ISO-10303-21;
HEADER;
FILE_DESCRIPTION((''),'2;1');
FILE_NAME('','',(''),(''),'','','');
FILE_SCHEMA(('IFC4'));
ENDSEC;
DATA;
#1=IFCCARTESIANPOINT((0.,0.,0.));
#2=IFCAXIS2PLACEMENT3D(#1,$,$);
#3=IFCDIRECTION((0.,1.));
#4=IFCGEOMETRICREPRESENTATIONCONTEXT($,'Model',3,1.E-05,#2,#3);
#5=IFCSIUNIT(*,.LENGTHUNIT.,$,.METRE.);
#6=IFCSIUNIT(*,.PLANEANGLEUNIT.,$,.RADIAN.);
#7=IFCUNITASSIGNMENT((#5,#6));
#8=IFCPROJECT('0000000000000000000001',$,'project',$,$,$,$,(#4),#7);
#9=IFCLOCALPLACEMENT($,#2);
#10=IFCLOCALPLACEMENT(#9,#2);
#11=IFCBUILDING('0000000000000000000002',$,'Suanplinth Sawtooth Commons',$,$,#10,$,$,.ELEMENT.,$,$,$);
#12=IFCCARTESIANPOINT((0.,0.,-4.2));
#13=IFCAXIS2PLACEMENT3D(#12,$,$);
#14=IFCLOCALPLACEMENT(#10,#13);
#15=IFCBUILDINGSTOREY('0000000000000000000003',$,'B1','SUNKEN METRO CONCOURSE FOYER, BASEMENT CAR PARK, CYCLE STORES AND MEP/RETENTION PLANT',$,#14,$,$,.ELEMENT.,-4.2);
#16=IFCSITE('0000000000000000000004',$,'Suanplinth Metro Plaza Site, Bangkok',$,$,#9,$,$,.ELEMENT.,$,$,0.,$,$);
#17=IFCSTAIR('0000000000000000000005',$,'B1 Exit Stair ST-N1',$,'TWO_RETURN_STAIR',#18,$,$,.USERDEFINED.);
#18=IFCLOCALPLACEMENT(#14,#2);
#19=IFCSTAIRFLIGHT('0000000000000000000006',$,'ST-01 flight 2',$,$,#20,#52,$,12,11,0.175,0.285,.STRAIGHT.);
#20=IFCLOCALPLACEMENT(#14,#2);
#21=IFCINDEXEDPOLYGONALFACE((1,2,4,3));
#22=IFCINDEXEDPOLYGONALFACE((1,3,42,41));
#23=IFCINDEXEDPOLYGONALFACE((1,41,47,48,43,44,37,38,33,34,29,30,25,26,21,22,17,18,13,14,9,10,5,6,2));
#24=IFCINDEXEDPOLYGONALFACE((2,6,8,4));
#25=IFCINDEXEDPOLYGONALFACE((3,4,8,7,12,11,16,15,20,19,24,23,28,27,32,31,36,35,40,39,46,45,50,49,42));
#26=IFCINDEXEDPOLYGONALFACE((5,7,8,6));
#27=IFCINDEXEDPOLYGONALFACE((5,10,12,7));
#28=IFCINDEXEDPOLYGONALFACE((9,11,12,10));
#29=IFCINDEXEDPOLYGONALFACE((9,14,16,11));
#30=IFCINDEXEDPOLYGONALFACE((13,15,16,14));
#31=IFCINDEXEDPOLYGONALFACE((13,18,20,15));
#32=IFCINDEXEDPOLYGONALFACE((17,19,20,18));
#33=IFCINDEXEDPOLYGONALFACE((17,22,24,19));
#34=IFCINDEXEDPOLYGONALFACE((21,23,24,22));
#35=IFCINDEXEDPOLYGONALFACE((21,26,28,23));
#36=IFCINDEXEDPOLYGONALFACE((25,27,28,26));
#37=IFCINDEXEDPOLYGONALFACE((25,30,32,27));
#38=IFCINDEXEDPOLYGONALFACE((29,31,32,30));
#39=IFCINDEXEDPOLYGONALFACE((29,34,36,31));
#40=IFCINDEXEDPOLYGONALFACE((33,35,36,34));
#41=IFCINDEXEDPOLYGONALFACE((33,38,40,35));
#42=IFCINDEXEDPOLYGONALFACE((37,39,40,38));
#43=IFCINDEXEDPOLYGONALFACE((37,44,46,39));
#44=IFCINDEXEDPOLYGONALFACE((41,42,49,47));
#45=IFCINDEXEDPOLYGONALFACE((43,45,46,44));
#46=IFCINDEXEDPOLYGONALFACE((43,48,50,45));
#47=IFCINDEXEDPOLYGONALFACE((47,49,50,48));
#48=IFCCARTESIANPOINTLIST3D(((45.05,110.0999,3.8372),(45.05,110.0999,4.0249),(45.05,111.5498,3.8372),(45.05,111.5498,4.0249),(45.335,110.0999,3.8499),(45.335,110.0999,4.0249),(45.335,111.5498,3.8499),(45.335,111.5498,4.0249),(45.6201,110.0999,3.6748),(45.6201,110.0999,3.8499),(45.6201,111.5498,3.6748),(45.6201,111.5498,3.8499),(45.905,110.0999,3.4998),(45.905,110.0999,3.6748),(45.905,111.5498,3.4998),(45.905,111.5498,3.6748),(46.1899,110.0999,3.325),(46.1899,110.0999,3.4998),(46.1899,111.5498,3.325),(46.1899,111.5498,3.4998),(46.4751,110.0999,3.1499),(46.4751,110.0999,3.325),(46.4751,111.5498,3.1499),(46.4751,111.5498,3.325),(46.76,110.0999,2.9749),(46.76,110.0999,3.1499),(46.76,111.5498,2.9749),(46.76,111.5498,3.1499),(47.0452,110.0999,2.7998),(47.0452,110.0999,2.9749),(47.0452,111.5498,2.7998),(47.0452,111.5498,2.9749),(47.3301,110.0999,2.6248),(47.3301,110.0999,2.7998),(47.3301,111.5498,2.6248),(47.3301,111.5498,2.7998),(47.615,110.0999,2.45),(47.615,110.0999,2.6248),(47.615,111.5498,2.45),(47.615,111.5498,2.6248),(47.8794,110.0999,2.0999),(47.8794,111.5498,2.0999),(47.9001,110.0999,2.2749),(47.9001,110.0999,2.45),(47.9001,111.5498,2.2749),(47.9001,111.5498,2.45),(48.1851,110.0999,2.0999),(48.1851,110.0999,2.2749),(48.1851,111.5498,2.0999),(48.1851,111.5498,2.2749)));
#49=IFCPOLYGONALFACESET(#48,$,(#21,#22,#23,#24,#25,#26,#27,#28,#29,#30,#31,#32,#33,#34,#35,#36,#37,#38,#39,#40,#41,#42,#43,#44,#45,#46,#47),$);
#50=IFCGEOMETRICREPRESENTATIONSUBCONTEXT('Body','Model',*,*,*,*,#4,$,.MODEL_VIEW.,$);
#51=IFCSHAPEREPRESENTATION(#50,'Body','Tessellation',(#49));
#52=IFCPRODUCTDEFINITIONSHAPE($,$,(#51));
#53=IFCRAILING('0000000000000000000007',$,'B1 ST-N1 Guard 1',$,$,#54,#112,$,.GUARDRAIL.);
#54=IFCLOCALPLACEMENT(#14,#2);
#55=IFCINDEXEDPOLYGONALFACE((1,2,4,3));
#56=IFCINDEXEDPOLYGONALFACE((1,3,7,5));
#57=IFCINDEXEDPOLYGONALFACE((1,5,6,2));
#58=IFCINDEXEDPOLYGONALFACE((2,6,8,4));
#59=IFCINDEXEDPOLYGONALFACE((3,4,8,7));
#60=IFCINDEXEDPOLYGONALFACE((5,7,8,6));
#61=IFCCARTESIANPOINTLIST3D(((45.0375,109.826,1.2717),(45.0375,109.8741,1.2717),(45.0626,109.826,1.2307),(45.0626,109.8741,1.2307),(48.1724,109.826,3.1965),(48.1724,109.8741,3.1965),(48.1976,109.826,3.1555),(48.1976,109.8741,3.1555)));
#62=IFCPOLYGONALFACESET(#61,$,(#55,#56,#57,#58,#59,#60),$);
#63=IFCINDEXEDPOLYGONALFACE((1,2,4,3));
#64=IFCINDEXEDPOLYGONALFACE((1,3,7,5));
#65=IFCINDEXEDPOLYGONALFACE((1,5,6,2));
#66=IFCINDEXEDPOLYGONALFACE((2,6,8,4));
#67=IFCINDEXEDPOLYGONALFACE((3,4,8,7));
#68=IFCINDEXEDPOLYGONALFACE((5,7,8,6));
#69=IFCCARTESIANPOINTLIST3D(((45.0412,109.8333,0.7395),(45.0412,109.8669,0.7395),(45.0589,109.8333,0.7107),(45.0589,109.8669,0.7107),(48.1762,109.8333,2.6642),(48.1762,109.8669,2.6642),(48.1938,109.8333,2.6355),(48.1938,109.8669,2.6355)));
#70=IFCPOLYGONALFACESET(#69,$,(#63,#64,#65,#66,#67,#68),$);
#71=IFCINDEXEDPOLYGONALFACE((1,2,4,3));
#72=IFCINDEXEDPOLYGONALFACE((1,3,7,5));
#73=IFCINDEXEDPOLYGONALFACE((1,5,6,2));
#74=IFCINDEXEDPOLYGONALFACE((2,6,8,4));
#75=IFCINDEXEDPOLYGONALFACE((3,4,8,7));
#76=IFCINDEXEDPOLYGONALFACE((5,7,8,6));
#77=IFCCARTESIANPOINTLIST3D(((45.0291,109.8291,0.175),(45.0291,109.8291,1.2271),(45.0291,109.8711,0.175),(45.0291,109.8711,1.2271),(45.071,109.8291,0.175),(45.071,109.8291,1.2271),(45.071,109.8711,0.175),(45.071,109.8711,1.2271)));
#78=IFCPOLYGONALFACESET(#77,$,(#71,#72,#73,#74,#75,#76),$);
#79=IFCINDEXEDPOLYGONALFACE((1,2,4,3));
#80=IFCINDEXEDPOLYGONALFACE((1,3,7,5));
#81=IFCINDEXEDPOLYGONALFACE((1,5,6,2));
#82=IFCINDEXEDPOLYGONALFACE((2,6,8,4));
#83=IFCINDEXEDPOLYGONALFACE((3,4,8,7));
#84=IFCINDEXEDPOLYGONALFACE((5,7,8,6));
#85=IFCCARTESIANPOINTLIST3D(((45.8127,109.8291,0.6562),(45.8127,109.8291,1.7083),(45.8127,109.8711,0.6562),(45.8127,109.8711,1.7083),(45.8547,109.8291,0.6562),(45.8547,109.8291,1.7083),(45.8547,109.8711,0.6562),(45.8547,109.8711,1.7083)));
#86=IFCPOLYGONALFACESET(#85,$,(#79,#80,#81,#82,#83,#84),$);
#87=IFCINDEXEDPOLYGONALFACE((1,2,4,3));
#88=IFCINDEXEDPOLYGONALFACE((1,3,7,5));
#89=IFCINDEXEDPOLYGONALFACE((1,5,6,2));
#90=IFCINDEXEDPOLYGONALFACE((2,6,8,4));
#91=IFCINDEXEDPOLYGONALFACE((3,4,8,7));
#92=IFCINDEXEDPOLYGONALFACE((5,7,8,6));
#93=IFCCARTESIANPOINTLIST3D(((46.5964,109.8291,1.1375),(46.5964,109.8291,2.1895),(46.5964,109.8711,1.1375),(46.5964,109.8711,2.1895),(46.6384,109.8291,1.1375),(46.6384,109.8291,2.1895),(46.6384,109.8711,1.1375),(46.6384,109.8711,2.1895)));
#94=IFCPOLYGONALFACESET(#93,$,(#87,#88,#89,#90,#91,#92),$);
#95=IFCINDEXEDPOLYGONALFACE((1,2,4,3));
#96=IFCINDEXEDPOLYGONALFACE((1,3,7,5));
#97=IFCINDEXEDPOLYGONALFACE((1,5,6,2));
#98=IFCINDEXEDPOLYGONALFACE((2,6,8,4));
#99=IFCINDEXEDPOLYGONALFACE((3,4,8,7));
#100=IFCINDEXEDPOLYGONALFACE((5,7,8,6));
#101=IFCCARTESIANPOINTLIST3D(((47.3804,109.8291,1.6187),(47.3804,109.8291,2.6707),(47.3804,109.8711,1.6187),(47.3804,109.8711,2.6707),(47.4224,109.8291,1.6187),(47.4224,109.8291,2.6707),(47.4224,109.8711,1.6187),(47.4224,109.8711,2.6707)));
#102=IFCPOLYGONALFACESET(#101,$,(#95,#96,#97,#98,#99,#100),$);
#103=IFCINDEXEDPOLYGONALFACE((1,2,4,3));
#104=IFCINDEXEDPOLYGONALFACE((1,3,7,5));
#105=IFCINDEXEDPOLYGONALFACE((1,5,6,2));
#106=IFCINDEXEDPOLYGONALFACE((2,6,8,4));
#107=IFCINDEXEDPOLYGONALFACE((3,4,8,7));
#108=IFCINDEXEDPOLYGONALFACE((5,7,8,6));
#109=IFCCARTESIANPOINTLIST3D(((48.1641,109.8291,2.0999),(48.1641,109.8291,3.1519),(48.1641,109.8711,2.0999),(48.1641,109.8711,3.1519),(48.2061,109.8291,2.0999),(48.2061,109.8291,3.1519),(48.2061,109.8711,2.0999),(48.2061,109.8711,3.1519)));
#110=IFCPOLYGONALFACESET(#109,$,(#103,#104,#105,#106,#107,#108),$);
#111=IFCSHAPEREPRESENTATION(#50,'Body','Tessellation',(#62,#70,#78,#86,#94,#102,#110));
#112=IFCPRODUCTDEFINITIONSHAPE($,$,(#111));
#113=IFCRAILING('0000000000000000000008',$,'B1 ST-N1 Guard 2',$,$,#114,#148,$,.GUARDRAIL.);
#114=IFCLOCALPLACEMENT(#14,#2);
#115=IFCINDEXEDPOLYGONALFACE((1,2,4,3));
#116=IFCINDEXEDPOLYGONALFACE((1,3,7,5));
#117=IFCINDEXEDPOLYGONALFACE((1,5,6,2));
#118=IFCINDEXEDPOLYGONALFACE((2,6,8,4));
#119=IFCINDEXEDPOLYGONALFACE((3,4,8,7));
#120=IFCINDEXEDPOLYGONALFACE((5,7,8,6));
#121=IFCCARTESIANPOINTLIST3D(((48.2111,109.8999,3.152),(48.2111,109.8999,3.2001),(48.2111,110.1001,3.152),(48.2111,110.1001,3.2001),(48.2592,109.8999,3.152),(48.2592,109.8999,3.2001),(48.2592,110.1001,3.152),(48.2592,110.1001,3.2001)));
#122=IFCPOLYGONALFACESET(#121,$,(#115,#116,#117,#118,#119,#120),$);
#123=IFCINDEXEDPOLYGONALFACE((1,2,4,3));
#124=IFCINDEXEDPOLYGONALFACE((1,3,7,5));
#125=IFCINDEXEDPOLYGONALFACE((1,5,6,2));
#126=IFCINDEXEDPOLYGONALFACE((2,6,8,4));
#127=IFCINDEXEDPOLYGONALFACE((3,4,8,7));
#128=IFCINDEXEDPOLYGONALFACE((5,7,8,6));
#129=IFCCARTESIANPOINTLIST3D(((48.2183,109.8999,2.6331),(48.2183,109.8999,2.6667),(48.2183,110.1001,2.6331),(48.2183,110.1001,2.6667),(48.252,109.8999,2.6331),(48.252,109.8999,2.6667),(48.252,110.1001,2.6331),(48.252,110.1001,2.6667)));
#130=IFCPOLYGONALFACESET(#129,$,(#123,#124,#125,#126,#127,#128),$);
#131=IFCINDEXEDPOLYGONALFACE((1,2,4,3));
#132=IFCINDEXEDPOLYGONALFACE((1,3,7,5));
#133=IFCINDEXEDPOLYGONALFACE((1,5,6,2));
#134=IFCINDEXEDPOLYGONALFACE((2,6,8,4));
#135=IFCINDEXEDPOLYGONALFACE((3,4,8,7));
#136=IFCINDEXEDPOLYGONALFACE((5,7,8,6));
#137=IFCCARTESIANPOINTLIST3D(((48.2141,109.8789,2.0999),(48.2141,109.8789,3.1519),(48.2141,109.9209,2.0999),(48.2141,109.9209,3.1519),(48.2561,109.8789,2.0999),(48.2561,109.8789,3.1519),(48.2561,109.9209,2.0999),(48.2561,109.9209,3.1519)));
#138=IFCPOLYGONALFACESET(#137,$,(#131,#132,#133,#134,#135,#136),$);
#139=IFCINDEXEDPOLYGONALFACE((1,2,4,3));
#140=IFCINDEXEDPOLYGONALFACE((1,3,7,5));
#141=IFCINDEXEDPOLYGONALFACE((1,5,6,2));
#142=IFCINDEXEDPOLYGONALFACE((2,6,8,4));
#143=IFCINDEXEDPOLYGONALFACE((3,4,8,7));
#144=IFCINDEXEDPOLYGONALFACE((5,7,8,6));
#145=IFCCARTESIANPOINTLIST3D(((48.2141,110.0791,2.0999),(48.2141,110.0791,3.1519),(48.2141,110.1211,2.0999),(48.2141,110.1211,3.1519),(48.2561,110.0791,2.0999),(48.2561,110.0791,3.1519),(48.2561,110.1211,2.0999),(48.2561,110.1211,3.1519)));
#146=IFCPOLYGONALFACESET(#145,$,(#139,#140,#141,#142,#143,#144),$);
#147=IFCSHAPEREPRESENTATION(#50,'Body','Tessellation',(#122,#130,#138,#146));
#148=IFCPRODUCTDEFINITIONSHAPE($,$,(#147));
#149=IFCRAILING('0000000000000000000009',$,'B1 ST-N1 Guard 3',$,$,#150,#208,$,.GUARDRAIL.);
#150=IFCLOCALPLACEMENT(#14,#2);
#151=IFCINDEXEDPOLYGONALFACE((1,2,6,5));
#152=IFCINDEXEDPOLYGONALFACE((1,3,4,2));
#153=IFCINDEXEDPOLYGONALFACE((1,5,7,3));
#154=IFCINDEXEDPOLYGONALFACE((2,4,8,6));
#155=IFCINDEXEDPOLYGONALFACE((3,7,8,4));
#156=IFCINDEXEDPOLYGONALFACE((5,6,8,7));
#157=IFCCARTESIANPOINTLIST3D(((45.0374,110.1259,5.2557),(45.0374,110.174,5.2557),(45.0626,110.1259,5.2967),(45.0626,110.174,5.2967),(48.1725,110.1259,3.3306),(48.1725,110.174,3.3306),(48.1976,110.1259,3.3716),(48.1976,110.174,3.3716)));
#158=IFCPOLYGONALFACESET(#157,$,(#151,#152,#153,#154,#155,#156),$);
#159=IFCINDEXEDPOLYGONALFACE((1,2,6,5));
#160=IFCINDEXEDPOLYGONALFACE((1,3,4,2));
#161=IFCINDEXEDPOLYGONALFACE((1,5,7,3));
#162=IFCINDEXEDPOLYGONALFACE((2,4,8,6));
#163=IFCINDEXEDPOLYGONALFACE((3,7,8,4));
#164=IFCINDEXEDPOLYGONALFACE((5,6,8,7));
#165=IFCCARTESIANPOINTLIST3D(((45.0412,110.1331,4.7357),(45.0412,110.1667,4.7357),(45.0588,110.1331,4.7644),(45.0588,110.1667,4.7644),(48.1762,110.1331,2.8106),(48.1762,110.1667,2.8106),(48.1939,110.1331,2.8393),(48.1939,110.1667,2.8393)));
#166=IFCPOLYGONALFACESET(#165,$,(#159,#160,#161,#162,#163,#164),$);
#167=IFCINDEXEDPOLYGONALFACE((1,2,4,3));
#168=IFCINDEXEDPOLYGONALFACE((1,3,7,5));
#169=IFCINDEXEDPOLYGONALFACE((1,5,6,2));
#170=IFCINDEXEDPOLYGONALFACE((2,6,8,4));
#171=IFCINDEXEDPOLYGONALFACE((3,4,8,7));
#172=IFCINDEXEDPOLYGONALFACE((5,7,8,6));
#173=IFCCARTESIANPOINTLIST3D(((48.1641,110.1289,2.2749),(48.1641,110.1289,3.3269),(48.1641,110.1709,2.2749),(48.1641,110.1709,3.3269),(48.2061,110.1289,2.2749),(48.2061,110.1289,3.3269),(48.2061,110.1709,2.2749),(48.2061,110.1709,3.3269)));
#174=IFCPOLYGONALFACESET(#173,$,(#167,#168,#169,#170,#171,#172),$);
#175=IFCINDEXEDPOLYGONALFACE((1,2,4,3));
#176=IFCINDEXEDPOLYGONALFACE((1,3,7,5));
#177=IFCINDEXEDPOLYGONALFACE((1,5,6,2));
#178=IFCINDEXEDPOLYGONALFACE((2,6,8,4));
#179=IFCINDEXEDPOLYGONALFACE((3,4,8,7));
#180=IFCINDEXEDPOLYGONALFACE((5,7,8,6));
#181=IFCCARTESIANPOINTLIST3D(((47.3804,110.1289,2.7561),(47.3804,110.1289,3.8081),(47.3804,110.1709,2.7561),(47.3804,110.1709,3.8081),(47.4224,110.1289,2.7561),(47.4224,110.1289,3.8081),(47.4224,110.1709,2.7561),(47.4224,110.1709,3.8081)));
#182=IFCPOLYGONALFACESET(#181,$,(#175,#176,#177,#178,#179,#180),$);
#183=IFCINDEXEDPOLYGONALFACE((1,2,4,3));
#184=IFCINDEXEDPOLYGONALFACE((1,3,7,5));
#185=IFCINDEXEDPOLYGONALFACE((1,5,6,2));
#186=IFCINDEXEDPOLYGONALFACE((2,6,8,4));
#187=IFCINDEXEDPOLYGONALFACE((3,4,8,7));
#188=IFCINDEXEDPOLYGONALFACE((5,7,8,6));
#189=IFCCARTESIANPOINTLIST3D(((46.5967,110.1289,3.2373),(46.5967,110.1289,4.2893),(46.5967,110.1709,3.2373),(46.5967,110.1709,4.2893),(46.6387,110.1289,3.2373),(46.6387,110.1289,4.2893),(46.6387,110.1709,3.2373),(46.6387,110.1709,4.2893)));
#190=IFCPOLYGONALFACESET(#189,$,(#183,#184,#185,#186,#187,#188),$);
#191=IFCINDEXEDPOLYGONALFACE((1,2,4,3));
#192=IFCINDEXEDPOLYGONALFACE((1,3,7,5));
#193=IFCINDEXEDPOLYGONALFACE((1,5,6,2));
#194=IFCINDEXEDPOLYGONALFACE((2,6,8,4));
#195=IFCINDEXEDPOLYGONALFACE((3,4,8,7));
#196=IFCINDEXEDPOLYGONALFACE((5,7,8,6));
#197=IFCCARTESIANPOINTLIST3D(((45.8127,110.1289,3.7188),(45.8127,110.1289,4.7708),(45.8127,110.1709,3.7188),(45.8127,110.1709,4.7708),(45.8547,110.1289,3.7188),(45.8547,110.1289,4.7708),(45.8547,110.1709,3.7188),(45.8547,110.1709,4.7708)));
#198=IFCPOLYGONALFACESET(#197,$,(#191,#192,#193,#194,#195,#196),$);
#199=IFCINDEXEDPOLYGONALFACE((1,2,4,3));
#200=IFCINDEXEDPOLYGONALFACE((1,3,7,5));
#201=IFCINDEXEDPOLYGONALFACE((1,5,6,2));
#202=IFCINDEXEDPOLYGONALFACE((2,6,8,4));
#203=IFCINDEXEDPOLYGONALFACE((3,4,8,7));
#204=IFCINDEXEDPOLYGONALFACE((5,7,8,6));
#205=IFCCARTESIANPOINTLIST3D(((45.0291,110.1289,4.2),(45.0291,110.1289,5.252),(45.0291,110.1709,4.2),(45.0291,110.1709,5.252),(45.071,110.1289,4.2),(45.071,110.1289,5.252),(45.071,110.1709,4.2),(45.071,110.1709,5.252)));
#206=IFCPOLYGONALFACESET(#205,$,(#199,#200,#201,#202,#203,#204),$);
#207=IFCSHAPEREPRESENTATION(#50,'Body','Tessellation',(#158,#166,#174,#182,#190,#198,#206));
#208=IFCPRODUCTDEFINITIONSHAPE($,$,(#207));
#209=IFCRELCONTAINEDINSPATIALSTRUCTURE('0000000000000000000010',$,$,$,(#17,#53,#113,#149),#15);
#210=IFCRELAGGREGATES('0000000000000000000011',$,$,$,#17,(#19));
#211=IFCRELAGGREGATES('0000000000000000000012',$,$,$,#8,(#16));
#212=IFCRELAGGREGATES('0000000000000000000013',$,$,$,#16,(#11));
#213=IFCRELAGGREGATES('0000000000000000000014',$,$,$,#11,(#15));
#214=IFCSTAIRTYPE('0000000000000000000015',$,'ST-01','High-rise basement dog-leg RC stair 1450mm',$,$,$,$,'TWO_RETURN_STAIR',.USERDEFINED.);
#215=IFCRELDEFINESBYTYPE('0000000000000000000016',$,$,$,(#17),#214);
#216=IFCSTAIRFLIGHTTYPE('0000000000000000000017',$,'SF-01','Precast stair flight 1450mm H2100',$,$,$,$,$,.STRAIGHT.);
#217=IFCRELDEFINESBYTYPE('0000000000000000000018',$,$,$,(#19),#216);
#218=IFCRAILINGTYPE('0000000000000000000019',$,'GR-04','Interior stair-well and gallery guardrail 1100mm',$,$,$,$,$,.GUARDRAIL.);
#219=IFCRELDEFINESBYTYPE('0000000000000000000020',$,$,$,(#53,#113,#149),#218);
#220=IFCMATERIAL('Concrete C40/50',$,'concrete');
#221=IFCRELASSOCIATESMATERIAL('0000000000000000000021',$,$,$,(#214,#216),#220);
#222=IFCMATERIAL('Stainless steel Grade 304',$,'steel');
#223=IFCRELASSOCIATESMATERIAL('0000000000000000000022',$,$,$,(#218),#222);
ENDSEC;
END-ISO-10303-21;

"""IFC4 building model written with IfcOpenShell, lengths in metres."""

from ifc_helpers import new_model, si_unit, direction, frame, origin, origin_2d, place, context, subcontext, project, spatial, polyline, rectangle, outline, extrude, material, type_object, element, aggregate, save


model = new_model("IFC4")

# Units and contexts
model_context = context("Model", 3, precision=1e-05, world=origin(), true_north=direction((0.0, 1.0)))
body_context = subcontext(model_context, "Body", "Model", "MODEL_VIEW")
ifc_project = project(units=[si_unit("LENGTHUNIT", "METRE"), si_unit("PLANEANGLEUNIT", "RADIAN")], contexts=[model_context])

# Site, building, storey
site_placement = place(None, origin())
site = spatial("IfcSite", under=ifc_project, at=site_placement, Name="Suanplinth Metro Plaza Site, Bangkok", CompositionType="ELEMENT", RefElevation=0.0)
building_placement = place(site_placement, origin())
building = spatial("IfcBuilding", under=site, at=building_placement, Name="Suanplinth Sawtooth Commons", CompositionType="ELEMENT")
storey_placement = place(building_placement, frame((0.0, 0.0, -4.2)))
storey = spatial("IfcBuildingStorey", under=building, at=storey_placement, Name="B1", Description="SUNKEN METRO CONCOURSE FOYER, BASEMENT CAR PARK, CYCLE STORES AND MEP/RETENTION PLANT", CompositionType="ELEMENT", Elevation=-4.2)

# Shared definitions
ifc_material_1 = material(Name="Concrete C40/50", Category="concrete")

# Shared definitions
ifc_material_2 = material(Name="Stainless steel Grade 304", Category="steel")

# Stair, stair flight
stair_type = type_object("IfcStairType", Name="ST-01", Description="High-rise basement dog-leg RC stair 1450mm", ElementType="TWO_RETURN_STAIR", PredefinedType="USERDEFINED", material=ifc_material_1)
stair_placement = place(storey_placement, origin())
stair = element("IfcStair", 1, at=stair_placement, inside=storey, type_object=stair_type, Name="B1 Exit Stair ST-N1", ObjectType="TWO_RETURN_STAIR", PredefinedType="USERDEFINED")
stair_flight_type = type_object("IfcStairFlightType", Name="SF-01", Description="Precast stair flight 1450mm H2100", PredefinedType="STRAIGHT", material=ifc_material_1)
stair_flight_1_placement = place(storey_placement, frame((48.1851, 110.825, 2.0999), z_axis=(0.0, 0.0, 1.0), x_axis=(-1.0, 0.0, 0.0)))
stair_flight_1 = element("IfcStairFlight", 2, at=stair_flight_1_placement, type_object=stair_flight_type, Name="ST-01 flight 2", NumberOfRisers=12, NumberOfTreads=11, PredefinedType="STRAIGHT", RiserHeight=0.175, TreadLength=0.285, context=body_context, shape_type="SweptSolid", body=[
    extrude(outline(polyline([(0.0, 0.0), (0.0, 0.175), (0.2849, 0.175), (0.2849, 0.3501), (0.5701, 0.3501), (0.5701, 0.5249), (0.855, 0.5249), (0.855, 0.7), (1.1399, 0.7), (1.1399, 0.875), (1.425, 0.875), (1.425, 1.05), (1.71, 1.05), (1.71, 1.2251), (1.9951, 1.2251), (1.9951, 1.3999), (2.28, 1.3999), (2.28, 1.575), (2.5649, 1.575), (2.5649, 1.75), (2.8501, 1.75), (2.8501, 1.925), (3.135, 1.925), (3.135, 2.1001), (3.135, 1.7373), (0.3057, 0.0), (0.0, 0.0)])), frame((0.0, 0.7251, 0.0), z_axis=(0.0, -1.0, 0.0), x_axis=(1.0, 0.0, 0.0)), (0.0, 0.0, 1.0), 1.45),
])
aggregate(stair, [stair_flight_1])

# Railings
railing_type_1 = type_object("IfcRailingType", Name="GR-04", Description="Interior stair-well and gallery guardrail 1100mm", PredefinedType="GUARDRAIL", material=ifc_material_2)
railing_1_placement = place(storey_placement, frame((45.05, 109.8501, 0.175)))
element("IfcRailing", 3, at=railing_1_placement, inside=storey, type_object=railing_type_1, Name="B1 ST-N1 Guard 1", PredefinedType="GUARDRAIL", context=body_context, shape_type="SweptSolid", body=[
    extrude(rectangle(XDim=0.0481, YDim=0.0481, at=origin_2d()), frame((0.0, 0.0, 1.0762), z_axis=(0.852196, 0.0, 0.523223), x_axis=(0.0, 1.0, 0.0)), (0.0, 0.0, 1.0), 3.6787),
    extrude(rectangle(XDim=0.0337, YDim=0.0337, at=origin_2d()), frame((0.0, 0.0, 0.55), z_axis=(0.852196, 0.0, 0.523223), x_axis=(0.0, 1.0, 0.0)), (0.0, 0.0, 1.0), 3.6787),
    extrude(rectangle(XDim=0.042, YDim=0.042, at=origin_2d()), origin(), (0.0, 0.0, 1.0), 1.052),
    extrude(rectangle(XDim=0.042, YDim=0.042, at=origin_2d()), frame((0.7837, 0.0, 0.4812)), (0.0, 0.0, 1.0), 1.052),
    extrude(rectangle(XDim=0.042, YDim=0.042, at=origin_2d()), frame((1.5674, 0.0, 0.9624)), (0.0, 0.0, 1.0), 1.052),
    extrude(rectangle(XDim=0.042, YDim=0.042, at=origin_2d()), frame((2.3513, 0.0, 1.4436)), (0.0, 0.0, 1.0), 1.052),
    extrude(rectangle(XDim=0.042, YDim=0.042, at=origin_2d()), frame((3.135, 0.0, 1.9248)), (0.0, 0.0, 1.0), 1.052),
])
railing_2_placement = place(storey_placement, frame((48.2351, 109.8999, 2.0999)))
element("IfcRailing", 4, at=railing_2_placement, inside=storey, type_object=railing_type_1, Name="B1 ST-N1 Guard 2", PredefinedType="GUARDRAIL", context=body_context, shape_type="SweptSolid", body=[
    extrude(rectangle(XDim=0.0481, YDim=0.0481, at=origin_2d()), frame((0.0, 0.0, 1.0762), z_axis=(0.0, 1.0, 0.0), x_axis=(-1.0, 0.0, 0.0)), (0.0, 0.0, 1.0), 0.2002),
    extrude(rectangle(XDim=0.0337, YDim=0.0337, at=origin_2d()), frame((0.0, 0.0, 0.55), z_axis=(0.0, 1.0, 0.0), x_axis=(-1.0, 0.0, 0.0)), (0.0, 0.0, 1.0), 0.2002),
    extrude(rectangle(XDim=0.042, YDim=0.042, at=origin_2d()), origin(), (0.0, 0.0, 1.0), 1.052),
    extrude(rectangle(XDim=0.042, YDim=0.042, at=origin_2d()), frame((0.0, 0.2002, 0.0)), (0.0, 0.0, 1.0), 1.052),
])
railing_3_placement = place(storey_placement, frame((48.1851, 110.1499, 2.2749)))
element("IfcRailing", 5, at=railing_3_placement, inside=storey, type_object=railing_type_1, Name="B1 ST-N1 Guard 3", PredefinedType="GUARDRAIL", context=body_context, shape_type="SweptSolid", body=[
    extrude(rectangle(XDim=0.0481, YDim=0.0481, at=origin_2d()), frame((0.0, 0.0, 1.0762), z_axis=(-0.852166, 0.0, 0.523271), x_axis=(0.0, -1.0, 0.0)), (0.0, 0.0, 1.0), 3.679),
    extrude(rectangle(XDim=0.0337, YDim=0.0337, at=origin_2d()), frame((0.0, 0.0, 0.55), z_axis=(-0.852166, 0.0, 0.523271), x_axis=(0.0, -1.0, 0.0)), (0.0, 0.0, 1.0), 3.679),
    extrude(rectangle(XDim=0.042, YDim=0.042, at=origin_2d()), origin(), (0.0, 0.0, 1.0), 1.052),
    extrude(rectangle(XDim=0.042, YDim=0.042, at=origin_2d()), frame((-0.7837, 0.0, 0.4812)), (0.0, 0.0, 1.0), 1.052),
    extrude(rectangle(XDim=0.042, YDim=0.042, at=origin_2d()), frame((-1.5674, 0.0, 0.9624)), (0.0, 0.0, 1.0), 1.052),
    extrude(rectangle(XDim=0.042, YDim=0.042, at=origin_2d()), frame((-2.3513, 0.0, 1.4438)), (0.0, 0.0, 1.0), 1.052),
    extrude(rectangle(XDim=0.042, YDim=0.042, at=origin_2d()), frame((-3.135, 0.0, 1.925)), (0.0, 0.0, 1.0), 1.052),
])

save(model, "model.ifc")
